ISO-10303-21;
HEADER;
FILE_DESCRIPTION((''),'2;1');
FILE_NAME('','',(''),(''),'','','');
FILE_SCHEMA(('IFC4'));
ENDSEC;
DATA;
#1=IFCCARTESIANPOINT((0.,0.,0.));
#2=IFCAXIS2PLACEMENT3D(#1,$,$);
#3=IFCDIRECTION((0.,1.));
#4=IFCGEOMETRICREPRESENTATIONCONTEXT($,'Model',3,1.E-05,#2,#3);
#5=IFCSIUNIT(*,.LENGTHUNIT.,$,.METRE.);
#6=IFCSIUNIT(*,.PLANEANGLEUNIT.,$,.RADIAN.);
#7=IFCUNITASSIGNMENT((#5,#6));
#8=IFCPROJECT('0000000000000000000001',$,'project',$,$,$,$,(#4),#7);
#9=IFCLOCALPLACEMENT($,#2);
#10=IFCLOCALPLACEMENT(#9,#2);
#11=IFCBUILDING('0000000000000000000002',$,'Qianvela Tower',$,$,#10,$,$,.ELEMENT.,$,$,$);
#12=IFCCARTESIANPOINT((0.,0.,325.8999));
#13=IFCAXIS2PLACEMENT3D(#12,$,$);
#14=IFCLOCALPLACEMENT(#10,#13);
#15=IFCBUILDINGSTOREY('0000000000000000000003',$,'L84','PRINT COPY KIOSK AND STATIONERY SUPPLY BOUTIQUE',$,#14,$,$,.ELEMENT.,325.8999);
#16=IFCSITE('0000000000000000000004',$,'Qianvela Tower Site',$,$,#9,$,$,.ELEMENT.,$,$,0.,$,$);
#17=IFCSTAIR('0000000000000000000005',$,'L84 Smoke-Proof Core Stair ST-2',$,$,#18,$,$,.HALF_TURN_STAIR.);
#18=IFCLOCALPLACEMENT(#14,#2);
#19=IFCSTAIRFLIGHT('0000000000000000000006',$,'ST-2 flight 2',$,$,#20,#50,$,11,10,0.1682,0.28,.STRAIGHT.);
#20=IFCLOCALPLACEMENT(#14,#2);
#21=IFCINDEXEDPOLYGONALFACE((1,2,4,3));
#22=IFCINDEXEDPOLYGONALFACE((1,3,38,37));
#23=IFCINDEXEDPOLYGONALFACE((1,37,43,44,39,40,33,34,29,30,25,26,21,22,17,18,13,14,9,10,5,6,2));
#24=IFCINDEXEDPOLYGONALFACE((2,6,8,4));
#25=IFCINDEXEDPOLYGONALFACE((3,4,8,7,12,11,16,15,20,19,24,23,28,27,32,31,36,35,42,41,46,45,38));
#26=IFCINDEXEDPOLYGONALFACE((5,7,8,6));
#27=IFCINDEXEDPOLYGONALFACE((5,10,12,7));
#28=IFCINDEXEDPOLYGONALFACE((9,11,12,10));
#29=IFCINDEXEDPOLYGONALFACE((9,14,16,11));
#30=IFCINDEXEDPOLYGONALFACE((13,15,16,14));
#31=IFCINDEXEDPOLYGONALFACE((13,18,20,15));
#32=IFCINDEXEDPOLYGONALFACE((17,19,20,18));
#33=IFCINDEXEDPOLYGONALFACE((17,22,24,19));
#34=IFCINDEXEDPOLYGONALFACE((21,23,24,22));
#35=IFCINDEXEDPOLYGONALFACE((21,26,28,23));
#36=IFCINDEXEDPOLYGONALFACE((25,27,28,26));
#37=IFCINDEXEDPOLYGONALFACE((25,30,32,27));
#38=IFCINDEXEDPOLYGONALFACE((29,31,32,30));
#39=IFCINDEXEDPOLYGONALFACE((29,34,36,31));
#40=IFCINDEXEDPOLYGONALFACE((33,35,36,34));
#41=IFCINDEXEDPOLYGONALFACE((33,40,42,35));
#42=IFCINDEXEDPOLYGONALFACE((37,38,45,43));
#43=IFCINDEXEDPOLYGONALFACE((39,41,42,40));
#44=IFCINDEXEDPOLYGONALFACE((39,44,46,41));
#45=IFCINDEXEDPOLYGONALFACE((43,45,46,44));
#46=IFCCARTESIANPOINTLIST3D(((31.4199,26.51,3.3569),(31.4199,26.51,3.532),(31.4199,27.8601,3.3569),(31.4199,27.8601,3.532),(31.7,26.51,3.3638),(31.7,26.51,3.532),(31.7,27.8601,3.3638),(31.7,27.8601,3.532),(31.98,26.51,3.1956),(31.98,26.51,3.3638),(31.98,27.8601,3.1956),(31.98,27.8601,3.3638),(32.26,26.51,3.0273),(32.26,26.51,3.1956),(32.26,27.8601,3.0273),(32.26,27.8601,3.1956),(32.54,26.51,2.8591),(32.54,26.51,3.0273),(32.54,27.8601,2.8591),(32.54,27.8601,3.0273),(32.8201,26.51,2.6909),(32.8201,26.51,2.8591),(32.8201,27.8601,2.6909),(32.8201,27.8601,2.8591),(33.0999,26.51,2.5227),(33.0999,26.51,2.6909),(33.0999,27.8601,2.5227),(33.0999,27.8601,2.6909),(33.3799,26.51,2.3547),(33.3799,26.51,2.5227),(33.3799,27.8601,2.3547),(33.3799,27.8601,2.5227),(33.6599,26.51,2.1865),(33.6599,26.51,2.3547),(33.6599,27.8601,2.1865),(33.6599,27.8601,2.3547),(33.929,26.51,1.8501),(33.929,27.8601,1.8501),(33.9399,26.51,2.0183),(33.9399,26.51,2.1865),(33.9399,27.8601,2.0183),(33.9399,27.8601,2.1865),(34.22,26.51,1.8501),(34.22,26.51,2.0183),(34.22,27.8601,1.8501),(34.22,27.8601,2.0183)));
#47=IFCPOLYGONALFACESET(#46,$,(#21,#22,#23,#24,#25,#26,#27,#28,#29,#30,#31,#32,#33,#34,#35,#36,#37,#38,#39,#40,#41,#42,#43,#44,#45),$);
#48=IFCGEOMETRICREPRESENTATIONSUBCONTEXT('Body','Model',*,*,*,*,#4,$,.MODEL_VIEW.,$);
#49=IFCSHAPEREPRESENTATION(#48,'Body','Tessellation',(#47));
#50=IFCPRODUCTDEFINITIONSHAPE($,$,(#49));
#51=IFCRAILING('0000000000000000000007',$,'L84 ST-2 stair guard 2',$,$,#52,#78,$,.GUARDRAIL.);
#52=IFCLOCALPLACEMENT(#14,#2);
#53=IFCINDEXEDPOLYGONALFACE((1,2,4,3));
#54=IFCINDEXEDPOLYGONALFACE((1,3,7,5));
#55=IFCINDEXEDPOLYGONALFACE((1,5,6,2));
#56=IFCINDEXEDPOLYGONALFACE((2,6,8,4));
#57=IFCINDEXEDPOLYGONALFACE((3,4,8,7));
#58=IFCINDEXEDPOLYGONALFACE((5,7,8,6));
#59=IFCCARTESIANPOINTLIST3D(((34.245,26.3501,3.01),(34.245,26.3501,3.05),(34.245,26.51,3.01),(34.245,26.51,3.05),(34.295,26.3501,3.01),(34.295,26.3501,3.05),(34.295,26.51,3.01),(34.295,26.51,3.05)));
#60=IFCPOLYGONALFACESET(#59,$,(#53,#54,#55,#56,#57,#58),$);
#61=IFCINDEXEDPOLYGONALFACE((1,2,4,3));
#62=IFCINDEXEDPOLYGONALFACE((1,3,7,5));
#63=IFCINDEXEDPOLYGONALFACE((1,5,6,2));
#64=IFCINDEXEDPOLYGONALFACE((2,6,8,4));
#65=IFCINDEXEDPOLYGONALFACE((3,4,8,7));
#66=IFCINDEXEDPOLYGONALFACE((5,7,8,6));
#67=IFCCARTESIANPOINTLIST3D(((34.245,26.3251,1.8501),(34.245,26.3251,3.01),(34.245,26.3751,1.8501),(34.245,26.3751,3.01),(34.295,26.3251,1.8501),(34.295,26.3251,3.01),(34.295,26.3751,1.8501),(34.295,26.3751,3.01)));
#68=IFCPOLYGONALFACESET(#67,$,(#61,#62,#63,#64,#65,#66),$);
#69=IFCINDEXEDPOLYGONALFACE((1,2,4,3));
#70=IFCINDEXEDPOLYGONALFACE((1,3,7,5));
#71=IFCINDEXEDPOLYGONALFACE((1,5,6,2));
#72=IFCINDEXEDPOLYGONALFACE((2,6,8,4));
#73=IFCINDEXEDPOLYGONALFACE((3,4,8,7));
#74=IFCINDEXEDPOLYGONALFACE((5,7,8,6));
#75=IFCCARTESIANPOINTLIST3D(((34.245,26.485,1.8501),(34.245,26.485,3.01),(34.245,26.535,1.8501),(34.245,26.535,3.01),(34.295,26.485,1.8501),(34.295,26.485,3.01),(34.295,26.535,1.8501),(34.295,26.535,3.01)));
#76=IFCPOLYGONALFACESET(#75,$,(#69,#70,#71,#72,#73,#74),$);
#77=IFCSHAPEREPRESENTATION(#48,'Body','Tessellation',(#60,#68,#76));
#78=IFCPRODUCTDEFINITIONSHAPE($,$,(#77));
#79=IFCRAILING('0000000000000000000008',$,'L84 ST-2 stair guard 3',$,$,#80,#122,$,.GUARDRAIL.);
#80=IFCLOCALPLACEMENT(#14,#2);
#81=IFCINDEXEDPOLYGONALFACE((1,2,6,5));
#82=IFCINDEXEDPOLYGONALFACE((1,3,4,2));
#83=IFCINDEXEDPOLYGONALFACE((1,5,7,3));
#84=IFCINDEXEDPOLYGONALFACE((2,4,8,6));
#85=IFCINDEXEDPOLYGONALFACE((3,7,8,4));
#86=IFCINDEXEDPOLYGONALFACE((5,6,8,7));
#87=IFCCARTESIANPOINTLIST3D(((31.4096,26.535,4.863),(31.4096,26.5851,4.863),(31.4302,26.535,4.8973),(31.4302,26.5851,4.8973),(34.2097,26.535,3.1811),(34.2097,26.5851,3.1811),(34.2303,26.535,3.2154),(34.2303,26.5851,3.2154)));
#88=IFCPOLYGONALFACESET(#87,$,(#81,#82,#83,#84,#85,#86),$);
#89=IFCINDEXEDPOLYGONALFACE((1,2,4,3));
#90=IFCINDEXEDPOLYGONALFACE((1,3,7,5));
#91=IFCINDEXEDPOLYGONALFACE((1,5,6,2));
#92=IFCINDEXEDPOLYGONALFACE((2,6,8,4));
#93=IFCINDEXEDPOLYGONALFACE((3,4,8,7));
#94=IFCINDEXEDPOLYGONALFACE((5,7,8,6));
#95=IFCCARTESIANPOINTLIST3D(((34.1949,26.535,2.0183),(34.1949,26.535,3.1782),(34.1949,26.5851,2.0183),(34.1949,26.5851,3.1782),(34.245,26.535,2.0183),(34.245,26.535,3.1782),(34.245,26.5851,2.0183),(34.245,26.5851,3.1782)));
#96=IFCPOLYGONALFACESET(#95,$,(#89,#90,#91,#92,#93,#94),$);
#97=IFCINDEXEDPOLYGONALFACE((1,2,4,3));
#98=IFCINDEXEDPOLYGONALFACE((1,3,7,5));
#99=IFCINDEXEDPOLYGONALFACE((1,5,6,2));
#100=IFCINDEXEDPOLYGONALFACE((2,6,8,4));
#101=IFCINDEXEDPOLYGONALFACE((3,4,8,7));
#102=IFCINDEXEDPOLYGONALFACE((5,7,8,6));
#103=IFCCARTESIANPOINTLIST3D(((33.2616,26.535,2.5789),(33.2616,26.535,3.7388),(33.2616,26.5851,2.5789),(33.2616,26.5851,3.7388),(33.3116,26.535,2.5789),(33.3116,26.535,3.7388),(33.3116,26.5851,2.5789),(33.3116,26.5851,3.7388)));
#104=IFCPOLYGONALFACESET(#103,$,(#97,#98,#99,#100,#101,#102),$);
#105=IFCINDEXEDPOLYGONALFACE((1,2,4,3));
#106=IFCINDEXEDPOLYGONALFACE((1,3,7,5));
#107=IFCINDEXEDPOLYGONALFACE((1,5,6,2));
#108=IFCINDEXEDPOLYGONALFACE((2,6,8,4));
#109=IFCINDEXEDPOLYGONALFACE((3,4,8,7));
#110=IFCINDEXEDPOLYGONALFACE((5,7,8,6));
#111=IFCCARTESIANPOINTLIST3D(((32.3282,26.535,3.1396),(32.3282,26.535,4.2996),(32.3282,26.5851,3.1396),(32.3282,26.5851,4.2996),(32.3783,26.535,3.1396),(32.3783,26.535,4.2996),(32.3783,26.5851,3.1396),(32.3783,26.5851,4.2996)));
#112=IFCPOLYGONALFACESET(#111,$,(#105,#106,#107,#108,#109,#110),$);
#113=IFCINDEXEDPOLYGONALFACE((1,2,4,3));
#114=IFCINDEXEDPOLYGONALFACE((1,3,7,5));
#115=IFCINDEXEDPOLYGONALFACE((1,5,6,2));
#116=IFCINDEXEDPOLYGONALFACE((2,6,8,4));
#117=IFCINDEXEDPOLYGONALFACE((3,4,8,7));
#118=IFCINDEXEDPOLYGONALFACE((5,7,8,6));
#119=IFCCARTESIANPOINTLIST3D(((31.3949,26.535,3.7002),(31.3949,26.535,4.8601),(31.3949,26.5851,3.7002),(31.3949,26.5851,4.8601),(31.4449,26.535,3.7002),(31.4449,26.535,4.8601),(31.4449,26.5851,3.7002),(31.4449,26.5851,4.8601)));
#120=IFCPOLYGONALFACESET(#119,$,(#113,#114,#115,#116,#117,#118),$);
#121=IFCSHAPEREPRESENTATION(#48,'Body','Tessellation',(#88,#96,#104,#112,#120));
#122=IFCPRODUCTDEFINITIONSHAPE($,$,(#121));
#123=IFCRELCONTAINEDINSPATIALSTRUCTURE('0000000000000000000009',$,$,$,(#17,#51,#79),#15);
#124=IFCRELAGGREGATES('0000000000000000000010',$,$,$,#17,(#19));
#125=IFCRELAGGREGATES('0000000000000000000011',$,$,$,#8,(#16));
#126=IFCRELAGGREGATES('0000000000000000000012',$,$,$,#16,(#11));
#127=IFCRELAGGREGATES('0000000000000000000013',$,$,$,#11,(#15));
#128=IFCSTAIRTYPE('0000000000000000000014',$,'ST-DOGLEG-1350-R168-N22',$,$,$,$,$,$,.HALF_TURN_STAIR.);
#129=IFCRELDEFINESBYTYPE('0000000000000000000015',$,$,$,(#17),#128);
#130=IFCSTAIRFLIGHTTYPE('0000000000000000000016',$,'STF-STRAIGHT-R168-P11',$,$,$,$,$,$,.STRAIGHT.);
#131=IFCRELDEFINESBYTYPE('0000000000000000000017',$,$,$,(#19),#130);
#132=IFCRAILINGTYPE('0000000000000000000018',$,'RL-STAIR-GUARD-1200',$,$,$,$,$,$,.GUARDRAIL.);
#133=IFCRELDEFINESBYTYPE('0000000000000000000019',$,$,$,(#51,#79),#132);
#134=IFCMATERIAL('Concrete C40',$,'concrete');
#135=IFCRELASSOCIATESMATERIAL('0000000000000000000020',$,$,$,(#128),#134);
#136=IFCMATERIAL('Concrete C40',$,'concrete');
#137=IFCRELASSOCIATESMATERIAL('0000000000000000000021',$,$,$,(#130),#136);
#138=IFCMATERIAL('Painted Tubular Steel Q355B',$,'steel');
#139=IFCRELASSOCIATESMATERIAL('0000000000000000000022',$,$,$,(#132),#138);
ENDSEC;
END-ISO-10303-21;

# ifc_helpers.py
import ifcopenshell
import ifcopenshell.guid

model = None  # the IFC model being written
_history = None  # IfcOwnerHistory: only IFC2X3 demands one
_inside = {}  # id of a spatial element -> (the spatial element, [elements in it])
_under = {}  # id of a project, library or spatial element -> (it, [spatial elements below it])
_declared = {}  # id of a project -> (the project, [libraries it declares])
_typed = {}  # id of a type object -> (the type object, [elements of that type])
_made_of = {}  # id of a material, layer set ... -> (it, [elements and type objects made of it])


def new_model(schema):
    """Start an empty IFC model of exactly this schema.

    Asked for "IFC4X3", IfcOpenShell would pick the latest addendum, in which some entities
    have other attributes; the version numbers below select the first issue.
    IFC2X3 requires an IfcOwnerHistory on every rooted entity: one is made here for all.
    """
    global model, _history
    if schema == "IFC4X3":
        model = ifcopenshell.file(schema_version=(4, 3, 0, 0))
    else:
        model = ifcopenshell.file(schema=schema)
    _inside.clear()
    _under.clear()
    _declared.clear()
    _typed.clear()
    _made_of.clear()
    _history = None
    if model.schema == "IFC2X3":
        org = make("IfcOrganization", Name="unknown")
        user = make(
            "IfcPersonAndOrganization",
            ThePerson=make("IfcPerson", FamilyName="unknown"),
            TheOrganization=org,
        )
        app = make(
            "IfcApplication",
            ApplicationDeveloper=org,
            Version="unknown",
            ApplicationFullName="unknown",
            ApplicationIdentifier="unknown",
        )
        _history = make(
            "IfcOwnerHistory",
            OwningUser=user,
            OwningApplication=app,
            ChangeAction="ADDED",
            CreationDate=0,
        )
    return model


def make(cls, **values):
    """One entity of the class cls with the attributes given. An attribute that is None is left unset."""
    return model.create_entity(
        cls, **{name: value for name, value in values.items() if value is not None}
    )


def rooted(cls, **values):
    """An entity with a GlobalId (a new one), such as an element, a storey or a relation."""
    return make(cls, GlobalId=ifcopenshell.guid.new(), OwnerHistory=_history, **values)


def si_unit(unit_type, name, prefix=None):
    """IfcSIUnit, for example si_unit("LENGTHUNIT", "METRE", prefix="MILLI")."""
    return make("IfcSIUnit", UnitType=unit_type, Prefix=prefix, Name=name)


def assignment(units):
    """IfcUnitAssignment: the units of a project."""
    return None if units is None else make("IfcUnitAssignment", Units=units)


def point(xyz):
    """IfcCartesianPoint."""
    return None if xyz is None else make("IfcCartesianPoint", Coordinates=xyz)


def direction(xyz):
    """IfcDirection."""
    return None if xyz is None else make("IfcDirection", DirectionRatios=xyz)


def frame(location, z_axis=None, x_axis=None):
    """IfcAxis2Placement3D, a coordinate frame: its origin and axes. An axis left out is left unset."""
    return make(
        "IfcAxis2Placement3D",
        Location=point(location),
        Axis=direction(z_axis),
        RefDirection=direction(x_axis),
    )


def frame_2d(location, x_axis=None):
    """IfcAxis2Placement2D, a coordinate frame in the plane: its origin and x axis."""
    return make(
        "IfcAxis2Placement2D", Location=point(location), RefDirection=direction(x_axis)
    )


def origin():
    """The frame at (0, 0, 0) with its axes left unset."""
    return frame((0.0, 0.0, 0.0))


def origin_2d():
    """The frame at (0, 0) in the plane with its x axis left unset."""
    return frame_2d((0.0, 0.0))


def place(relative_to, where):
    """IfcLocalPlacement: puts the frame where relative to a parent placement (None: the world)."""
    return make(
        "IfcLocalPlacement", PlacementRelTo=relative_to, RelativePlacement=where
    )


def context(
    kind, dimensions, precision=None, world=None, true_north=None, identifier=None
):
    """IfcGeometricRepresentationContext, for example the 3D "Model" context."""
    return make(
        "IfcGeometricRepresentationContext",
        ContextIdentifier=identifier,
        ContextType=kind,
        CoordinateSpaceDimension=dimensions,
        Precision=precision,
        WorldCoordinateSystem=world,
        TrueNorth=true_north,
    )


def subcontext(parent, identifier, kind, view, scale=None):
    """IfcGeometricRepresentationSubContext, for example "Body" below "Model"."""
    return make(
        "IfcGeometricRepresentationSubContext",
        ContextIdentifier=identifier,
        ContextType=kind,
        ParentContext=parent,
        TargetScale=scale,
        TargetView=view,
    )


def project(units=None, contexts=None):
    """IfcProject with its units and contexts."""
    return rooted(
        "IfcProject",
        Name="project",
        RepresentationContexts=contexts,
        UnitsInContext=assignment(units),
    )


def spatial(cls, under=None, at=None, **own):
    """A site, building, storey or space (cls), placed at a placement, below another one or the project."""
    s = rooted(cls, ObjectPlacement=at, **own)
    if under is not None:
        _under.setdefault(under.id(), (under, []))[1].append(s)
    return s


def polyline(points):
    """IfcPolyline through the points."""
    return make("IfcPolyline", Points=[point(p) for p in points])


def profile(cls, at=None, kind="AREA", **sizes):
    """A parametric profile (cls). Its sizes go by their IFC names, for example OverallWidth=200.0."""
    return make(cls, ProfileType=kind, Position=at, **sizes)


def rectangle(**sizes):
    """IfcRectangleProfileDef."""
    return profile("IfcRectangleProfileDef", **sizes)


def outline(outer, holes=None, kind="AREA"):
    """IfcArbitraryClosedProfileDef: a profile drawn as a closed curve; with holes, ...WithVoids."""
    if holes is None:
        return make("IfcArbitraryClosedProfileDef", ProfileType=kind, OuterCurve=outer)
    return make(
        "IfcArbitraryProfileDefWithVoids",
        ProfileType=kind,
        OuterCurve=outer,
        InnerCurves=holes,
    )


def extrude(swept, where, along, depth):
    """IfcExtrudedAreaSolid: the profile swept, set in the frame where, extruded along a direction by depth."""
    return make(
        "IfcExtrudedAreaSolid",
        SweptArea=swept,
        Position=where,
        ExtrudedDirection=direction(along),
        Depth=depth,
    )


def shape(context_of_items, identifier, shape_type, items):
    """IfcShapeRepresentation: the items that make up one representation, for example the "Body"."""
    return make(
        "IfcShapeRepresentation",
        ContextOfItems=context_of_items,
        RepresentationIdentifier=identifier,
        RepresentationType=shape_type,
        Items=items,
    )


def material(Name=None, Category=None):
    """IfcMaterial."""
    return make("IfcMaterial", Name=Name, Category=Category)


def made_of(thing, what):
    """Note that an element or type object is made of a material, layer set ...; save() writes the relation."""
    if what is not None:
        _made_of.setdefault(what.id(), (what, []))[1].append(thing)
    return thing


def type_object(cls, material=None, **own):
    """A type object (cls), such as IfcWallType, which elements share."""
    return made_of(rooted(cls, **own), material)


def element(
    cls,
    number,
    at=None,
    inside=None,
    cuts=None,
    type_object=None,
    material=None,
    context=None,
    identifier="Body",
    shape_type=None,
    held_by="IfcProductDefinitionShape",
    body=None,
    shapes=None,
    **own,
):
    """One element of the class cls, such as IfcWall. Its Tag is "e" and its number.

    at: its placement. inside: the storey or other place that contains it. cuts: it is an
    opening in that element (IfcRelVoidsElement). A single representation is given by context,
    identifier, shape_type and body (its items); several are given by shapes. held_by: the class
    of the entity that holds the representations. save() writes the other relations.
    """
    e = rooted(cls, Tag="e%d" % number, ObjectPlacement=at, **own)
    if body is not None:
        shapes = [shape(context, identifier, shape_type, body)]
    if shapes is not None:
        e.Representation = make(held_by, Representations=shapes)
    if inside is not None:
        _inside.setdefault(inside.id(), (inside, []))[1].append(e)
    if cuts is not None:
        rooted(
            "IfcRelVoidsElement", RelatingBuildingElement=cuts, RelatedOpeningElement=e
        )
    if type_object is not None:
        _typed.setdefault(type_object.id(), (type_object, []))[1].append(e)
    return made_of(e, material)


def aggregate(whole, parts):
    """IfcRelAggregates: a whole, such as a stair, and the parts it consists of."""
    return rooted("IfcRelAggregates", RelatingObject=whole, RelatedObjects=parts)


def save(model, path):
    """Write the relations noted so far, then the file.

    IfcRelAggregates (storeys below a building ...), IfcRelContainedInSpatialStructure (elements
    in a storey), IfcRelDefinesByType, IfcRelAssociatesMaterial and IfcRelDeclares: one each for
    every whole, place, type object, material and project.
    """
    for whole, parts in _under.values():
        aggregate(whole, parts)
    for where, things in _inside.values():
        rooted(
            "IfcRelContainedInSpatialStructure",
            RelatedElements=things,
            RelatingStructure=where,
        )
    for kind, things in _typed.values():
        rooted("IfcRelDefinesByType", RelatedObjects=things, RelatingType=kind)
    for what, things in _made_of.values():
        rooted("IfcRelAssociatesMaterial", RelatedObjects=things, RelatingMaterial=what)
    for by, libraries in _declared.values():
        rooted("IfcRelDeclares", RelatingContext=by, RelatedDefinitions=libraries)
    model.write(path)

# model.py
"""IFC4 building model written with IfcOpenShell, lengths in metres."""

from ifc_helpers import new_model, si_unit, direction, frame, origin, origin_2d, place, context, subcontext, project, spatial, polyline, rectangle, outline, extrude, material, type_object, element, aggregate, save


model = new_model("IFC4")

# Units and contexts
model_context = context("Model", 3, precision=1e-05, world=origin(), true_north=direction((0.0, 1.0)))
body_context = subcontext(model_context, "Body", "Model", "MODEL_VIEW")
ifc_project = project(units=[si_unit("LENGTHUNIT", "METRE"), si_unit("PLANEANGLEUNIT", "RADIAN")], contexts=[model_context])

# Site, building, storey
site_placement = place(None, origin())
site = spatial("IfcSite", under=ifc_project, at=site_placement, Name="Qianvela Tower Site", CompositionType="ELEMENT", RefElevation=0.0)
building_placement = place(site_placement, origin())
building = spatial("IfcBuilding", under=site, at=building_placement, Name="Qianvela Tower", CompositionType="ELEMENT")
storey_placement = place(building_placement, frame((0.0, 0.0, 325.8999)))
storey = spatial("IfcBuildingStorey", under=building, at=storey_placement, Name="L84", Description="PRINT COPY KIOSK AND STATIONERY SUPPLY BOUTIQUE", CompositionType="ELEMENT", Elevation=325.8999)

# Stair, stair flight
ifc_material_1 = material(Name="Concrete C40", Category="concrete")
stair_type = type_object("IfcStairType", Name="ST-DOGLEG-1350-R168-N22", PredefinedType="HALF_TURN_STAIR", material=ifc_material_1)
stair_placement = place(storey_placement, origin())
stair = element("IfcStair", 1, at=stair_placement, inside=storey, type_object=stair_type, Name="L84 Smoke-Proof Core Stair ST-2", PredefinedType="HALF_TURN_STAIR")
ifc_material_2 = material(Name="Concrete C40", Category="concrete")
stair_flight_type = type_object("IfcStairFlightType", Name="STF-STRAIGHT-R168-P11", PredefinedType="STRAIGHT", material=ifc_material_2)
stair_flight_placement = place(storey_placement, frame((34.22, 27.1851, 1.8501), z_axis=(0.0, 0.0, 1.0), x_axis=(-1.0, 0.0, 0.0)))
stair_flight = element("IfcStairFlight", 2, at=stair_flight_placement, type_object=stair_flight_type, Name="ST-2 flight 2", NumberOfRisers=11, NumberOfTreads=10, PredefinedType="STRAIGHT", RiserHeight=0.1682, TreadLength=0.28, context=body_context, shape_type="SweptSolid", body=[
    extrude(outline(polyline([(0.0, 0.0), (0.0, 0.1682), (0.28, 0.1682), (0.28, 0.3364), (0.5601, 0.3364), (0.5601, 0.5046), (0.8401, 0.5046), (0.8401, 0.6726), (1.1201, 0.6726), (1.1201, 0.8408), (1.3999, 0.8408), (1.3999, 1.009), (1.6799, 1.009), (1.6799, 1.1772), (1.96, 1.1772), (1.96, 1.3455), (2.24, 1.3455), (2.24, 1.5137), (2.52, 1.5137), (2.52, 1.6819), (2.8, 1.6819), (2.8, 1.8501), (2.8, 1.5068), (0.291, 0.0), (0.0, 0.0)])), frame((0.0, 0.675, 0.0), z_axis=(0.0, -1.0, 0.0), x_axis=(1.0, 0.0, 0.0)), (0.0, 0.0, 1.0), 1.3501),
])
aggregate(stair, [stair_flight])

# Railings
ifc_material_3 = material(Name="Painted Tubular Steel Q355B", Category="steel")
railing_type = type_object("IfcRailingType", Name="RL-STAIR-GUARD-1200", PredefinedType="GUARDRAIL", material=ifc_material_3)
railing_1_placement = place(storey_placement, frame((34.27, 26.3501, 1.8501)))
element("IfcRailing", 3, at=railing_1_placement, inside=storey, type_object=railing_type, Name="L84 ST-2 stair guard 2", PredefinedType="GUARDRAIL", context=body_context, shape_type="SweptSolid", body=[
    extrude(rectangle(XDim=0.05, YDim=0.04, at=origin_2d()), frame((0.0, 0.0, 1.1799), z_axis=(0.0, 1.0, 0.0), x_axis=(-1.0, 0.0, 0.0)), (0.0, 0.0, 1.0), 0.1599),
    extrude(rectangle(XDim=0.05, YDim=0.05, at=origin_2d()), origin(), (0.0, 0.0, 1.0), 1.1599),
    extrude(rectangle(XDim=0.05, YDim=0.05, at=origin_2d()), frame((0.0, 0.1599, 0.0)), (0.0, 0.0, 1.0), 1.1599),
])
railing_2_placement = place(storey_placement, frame((34.22, 26.5601, 2.0183)))
element("IfcRailing", 4, at=railing_2_placement, inside=storey, type_object=railing_type, Name="L84 ST-2 stair guard 3", PredefinedType="GUARDRAIL", context=body_context, shape_type="SweptSolid", body=[
    extrude(rectangle(XDim=0.05, YDim=0.04, at=origin_2d()), frame((0.0, 0.0, 1.1799), z_axis=(-0.857242, 0.0, 0.514913), x_axis=(0.0, -1.0, 0.0)), (0.0, 0.0, 1.0), 3.2664),
    extrude(rectangle(XDim=0.05, YDim=0.05, at=origin_2d()), origin(), (0.0, 0.0, 1.0), 1.1599),
    extrude(rectangle(XDim=0.05, YDim=0.05, at=origin_2d()), frame((-0.9333, 0.0, 0.5605)), (0.0, 0.0, 1.0), 1.1599),
    extrude(rectangle(XDim=0.05, YDim=0.05, at=origin_2d()), frame((-1.8667, 0.0, 1.1213)), (0.0, 0.0, 1.0), 1.1599),
    extrude(rectangle(XDim=0.05, YDim=0.05, at=origin_2d()), frame((-2.8, 0.0, 1.6819)), (0.0, 0.0, 1.0), 1.1599),
])

save(model, "model.ifc")
